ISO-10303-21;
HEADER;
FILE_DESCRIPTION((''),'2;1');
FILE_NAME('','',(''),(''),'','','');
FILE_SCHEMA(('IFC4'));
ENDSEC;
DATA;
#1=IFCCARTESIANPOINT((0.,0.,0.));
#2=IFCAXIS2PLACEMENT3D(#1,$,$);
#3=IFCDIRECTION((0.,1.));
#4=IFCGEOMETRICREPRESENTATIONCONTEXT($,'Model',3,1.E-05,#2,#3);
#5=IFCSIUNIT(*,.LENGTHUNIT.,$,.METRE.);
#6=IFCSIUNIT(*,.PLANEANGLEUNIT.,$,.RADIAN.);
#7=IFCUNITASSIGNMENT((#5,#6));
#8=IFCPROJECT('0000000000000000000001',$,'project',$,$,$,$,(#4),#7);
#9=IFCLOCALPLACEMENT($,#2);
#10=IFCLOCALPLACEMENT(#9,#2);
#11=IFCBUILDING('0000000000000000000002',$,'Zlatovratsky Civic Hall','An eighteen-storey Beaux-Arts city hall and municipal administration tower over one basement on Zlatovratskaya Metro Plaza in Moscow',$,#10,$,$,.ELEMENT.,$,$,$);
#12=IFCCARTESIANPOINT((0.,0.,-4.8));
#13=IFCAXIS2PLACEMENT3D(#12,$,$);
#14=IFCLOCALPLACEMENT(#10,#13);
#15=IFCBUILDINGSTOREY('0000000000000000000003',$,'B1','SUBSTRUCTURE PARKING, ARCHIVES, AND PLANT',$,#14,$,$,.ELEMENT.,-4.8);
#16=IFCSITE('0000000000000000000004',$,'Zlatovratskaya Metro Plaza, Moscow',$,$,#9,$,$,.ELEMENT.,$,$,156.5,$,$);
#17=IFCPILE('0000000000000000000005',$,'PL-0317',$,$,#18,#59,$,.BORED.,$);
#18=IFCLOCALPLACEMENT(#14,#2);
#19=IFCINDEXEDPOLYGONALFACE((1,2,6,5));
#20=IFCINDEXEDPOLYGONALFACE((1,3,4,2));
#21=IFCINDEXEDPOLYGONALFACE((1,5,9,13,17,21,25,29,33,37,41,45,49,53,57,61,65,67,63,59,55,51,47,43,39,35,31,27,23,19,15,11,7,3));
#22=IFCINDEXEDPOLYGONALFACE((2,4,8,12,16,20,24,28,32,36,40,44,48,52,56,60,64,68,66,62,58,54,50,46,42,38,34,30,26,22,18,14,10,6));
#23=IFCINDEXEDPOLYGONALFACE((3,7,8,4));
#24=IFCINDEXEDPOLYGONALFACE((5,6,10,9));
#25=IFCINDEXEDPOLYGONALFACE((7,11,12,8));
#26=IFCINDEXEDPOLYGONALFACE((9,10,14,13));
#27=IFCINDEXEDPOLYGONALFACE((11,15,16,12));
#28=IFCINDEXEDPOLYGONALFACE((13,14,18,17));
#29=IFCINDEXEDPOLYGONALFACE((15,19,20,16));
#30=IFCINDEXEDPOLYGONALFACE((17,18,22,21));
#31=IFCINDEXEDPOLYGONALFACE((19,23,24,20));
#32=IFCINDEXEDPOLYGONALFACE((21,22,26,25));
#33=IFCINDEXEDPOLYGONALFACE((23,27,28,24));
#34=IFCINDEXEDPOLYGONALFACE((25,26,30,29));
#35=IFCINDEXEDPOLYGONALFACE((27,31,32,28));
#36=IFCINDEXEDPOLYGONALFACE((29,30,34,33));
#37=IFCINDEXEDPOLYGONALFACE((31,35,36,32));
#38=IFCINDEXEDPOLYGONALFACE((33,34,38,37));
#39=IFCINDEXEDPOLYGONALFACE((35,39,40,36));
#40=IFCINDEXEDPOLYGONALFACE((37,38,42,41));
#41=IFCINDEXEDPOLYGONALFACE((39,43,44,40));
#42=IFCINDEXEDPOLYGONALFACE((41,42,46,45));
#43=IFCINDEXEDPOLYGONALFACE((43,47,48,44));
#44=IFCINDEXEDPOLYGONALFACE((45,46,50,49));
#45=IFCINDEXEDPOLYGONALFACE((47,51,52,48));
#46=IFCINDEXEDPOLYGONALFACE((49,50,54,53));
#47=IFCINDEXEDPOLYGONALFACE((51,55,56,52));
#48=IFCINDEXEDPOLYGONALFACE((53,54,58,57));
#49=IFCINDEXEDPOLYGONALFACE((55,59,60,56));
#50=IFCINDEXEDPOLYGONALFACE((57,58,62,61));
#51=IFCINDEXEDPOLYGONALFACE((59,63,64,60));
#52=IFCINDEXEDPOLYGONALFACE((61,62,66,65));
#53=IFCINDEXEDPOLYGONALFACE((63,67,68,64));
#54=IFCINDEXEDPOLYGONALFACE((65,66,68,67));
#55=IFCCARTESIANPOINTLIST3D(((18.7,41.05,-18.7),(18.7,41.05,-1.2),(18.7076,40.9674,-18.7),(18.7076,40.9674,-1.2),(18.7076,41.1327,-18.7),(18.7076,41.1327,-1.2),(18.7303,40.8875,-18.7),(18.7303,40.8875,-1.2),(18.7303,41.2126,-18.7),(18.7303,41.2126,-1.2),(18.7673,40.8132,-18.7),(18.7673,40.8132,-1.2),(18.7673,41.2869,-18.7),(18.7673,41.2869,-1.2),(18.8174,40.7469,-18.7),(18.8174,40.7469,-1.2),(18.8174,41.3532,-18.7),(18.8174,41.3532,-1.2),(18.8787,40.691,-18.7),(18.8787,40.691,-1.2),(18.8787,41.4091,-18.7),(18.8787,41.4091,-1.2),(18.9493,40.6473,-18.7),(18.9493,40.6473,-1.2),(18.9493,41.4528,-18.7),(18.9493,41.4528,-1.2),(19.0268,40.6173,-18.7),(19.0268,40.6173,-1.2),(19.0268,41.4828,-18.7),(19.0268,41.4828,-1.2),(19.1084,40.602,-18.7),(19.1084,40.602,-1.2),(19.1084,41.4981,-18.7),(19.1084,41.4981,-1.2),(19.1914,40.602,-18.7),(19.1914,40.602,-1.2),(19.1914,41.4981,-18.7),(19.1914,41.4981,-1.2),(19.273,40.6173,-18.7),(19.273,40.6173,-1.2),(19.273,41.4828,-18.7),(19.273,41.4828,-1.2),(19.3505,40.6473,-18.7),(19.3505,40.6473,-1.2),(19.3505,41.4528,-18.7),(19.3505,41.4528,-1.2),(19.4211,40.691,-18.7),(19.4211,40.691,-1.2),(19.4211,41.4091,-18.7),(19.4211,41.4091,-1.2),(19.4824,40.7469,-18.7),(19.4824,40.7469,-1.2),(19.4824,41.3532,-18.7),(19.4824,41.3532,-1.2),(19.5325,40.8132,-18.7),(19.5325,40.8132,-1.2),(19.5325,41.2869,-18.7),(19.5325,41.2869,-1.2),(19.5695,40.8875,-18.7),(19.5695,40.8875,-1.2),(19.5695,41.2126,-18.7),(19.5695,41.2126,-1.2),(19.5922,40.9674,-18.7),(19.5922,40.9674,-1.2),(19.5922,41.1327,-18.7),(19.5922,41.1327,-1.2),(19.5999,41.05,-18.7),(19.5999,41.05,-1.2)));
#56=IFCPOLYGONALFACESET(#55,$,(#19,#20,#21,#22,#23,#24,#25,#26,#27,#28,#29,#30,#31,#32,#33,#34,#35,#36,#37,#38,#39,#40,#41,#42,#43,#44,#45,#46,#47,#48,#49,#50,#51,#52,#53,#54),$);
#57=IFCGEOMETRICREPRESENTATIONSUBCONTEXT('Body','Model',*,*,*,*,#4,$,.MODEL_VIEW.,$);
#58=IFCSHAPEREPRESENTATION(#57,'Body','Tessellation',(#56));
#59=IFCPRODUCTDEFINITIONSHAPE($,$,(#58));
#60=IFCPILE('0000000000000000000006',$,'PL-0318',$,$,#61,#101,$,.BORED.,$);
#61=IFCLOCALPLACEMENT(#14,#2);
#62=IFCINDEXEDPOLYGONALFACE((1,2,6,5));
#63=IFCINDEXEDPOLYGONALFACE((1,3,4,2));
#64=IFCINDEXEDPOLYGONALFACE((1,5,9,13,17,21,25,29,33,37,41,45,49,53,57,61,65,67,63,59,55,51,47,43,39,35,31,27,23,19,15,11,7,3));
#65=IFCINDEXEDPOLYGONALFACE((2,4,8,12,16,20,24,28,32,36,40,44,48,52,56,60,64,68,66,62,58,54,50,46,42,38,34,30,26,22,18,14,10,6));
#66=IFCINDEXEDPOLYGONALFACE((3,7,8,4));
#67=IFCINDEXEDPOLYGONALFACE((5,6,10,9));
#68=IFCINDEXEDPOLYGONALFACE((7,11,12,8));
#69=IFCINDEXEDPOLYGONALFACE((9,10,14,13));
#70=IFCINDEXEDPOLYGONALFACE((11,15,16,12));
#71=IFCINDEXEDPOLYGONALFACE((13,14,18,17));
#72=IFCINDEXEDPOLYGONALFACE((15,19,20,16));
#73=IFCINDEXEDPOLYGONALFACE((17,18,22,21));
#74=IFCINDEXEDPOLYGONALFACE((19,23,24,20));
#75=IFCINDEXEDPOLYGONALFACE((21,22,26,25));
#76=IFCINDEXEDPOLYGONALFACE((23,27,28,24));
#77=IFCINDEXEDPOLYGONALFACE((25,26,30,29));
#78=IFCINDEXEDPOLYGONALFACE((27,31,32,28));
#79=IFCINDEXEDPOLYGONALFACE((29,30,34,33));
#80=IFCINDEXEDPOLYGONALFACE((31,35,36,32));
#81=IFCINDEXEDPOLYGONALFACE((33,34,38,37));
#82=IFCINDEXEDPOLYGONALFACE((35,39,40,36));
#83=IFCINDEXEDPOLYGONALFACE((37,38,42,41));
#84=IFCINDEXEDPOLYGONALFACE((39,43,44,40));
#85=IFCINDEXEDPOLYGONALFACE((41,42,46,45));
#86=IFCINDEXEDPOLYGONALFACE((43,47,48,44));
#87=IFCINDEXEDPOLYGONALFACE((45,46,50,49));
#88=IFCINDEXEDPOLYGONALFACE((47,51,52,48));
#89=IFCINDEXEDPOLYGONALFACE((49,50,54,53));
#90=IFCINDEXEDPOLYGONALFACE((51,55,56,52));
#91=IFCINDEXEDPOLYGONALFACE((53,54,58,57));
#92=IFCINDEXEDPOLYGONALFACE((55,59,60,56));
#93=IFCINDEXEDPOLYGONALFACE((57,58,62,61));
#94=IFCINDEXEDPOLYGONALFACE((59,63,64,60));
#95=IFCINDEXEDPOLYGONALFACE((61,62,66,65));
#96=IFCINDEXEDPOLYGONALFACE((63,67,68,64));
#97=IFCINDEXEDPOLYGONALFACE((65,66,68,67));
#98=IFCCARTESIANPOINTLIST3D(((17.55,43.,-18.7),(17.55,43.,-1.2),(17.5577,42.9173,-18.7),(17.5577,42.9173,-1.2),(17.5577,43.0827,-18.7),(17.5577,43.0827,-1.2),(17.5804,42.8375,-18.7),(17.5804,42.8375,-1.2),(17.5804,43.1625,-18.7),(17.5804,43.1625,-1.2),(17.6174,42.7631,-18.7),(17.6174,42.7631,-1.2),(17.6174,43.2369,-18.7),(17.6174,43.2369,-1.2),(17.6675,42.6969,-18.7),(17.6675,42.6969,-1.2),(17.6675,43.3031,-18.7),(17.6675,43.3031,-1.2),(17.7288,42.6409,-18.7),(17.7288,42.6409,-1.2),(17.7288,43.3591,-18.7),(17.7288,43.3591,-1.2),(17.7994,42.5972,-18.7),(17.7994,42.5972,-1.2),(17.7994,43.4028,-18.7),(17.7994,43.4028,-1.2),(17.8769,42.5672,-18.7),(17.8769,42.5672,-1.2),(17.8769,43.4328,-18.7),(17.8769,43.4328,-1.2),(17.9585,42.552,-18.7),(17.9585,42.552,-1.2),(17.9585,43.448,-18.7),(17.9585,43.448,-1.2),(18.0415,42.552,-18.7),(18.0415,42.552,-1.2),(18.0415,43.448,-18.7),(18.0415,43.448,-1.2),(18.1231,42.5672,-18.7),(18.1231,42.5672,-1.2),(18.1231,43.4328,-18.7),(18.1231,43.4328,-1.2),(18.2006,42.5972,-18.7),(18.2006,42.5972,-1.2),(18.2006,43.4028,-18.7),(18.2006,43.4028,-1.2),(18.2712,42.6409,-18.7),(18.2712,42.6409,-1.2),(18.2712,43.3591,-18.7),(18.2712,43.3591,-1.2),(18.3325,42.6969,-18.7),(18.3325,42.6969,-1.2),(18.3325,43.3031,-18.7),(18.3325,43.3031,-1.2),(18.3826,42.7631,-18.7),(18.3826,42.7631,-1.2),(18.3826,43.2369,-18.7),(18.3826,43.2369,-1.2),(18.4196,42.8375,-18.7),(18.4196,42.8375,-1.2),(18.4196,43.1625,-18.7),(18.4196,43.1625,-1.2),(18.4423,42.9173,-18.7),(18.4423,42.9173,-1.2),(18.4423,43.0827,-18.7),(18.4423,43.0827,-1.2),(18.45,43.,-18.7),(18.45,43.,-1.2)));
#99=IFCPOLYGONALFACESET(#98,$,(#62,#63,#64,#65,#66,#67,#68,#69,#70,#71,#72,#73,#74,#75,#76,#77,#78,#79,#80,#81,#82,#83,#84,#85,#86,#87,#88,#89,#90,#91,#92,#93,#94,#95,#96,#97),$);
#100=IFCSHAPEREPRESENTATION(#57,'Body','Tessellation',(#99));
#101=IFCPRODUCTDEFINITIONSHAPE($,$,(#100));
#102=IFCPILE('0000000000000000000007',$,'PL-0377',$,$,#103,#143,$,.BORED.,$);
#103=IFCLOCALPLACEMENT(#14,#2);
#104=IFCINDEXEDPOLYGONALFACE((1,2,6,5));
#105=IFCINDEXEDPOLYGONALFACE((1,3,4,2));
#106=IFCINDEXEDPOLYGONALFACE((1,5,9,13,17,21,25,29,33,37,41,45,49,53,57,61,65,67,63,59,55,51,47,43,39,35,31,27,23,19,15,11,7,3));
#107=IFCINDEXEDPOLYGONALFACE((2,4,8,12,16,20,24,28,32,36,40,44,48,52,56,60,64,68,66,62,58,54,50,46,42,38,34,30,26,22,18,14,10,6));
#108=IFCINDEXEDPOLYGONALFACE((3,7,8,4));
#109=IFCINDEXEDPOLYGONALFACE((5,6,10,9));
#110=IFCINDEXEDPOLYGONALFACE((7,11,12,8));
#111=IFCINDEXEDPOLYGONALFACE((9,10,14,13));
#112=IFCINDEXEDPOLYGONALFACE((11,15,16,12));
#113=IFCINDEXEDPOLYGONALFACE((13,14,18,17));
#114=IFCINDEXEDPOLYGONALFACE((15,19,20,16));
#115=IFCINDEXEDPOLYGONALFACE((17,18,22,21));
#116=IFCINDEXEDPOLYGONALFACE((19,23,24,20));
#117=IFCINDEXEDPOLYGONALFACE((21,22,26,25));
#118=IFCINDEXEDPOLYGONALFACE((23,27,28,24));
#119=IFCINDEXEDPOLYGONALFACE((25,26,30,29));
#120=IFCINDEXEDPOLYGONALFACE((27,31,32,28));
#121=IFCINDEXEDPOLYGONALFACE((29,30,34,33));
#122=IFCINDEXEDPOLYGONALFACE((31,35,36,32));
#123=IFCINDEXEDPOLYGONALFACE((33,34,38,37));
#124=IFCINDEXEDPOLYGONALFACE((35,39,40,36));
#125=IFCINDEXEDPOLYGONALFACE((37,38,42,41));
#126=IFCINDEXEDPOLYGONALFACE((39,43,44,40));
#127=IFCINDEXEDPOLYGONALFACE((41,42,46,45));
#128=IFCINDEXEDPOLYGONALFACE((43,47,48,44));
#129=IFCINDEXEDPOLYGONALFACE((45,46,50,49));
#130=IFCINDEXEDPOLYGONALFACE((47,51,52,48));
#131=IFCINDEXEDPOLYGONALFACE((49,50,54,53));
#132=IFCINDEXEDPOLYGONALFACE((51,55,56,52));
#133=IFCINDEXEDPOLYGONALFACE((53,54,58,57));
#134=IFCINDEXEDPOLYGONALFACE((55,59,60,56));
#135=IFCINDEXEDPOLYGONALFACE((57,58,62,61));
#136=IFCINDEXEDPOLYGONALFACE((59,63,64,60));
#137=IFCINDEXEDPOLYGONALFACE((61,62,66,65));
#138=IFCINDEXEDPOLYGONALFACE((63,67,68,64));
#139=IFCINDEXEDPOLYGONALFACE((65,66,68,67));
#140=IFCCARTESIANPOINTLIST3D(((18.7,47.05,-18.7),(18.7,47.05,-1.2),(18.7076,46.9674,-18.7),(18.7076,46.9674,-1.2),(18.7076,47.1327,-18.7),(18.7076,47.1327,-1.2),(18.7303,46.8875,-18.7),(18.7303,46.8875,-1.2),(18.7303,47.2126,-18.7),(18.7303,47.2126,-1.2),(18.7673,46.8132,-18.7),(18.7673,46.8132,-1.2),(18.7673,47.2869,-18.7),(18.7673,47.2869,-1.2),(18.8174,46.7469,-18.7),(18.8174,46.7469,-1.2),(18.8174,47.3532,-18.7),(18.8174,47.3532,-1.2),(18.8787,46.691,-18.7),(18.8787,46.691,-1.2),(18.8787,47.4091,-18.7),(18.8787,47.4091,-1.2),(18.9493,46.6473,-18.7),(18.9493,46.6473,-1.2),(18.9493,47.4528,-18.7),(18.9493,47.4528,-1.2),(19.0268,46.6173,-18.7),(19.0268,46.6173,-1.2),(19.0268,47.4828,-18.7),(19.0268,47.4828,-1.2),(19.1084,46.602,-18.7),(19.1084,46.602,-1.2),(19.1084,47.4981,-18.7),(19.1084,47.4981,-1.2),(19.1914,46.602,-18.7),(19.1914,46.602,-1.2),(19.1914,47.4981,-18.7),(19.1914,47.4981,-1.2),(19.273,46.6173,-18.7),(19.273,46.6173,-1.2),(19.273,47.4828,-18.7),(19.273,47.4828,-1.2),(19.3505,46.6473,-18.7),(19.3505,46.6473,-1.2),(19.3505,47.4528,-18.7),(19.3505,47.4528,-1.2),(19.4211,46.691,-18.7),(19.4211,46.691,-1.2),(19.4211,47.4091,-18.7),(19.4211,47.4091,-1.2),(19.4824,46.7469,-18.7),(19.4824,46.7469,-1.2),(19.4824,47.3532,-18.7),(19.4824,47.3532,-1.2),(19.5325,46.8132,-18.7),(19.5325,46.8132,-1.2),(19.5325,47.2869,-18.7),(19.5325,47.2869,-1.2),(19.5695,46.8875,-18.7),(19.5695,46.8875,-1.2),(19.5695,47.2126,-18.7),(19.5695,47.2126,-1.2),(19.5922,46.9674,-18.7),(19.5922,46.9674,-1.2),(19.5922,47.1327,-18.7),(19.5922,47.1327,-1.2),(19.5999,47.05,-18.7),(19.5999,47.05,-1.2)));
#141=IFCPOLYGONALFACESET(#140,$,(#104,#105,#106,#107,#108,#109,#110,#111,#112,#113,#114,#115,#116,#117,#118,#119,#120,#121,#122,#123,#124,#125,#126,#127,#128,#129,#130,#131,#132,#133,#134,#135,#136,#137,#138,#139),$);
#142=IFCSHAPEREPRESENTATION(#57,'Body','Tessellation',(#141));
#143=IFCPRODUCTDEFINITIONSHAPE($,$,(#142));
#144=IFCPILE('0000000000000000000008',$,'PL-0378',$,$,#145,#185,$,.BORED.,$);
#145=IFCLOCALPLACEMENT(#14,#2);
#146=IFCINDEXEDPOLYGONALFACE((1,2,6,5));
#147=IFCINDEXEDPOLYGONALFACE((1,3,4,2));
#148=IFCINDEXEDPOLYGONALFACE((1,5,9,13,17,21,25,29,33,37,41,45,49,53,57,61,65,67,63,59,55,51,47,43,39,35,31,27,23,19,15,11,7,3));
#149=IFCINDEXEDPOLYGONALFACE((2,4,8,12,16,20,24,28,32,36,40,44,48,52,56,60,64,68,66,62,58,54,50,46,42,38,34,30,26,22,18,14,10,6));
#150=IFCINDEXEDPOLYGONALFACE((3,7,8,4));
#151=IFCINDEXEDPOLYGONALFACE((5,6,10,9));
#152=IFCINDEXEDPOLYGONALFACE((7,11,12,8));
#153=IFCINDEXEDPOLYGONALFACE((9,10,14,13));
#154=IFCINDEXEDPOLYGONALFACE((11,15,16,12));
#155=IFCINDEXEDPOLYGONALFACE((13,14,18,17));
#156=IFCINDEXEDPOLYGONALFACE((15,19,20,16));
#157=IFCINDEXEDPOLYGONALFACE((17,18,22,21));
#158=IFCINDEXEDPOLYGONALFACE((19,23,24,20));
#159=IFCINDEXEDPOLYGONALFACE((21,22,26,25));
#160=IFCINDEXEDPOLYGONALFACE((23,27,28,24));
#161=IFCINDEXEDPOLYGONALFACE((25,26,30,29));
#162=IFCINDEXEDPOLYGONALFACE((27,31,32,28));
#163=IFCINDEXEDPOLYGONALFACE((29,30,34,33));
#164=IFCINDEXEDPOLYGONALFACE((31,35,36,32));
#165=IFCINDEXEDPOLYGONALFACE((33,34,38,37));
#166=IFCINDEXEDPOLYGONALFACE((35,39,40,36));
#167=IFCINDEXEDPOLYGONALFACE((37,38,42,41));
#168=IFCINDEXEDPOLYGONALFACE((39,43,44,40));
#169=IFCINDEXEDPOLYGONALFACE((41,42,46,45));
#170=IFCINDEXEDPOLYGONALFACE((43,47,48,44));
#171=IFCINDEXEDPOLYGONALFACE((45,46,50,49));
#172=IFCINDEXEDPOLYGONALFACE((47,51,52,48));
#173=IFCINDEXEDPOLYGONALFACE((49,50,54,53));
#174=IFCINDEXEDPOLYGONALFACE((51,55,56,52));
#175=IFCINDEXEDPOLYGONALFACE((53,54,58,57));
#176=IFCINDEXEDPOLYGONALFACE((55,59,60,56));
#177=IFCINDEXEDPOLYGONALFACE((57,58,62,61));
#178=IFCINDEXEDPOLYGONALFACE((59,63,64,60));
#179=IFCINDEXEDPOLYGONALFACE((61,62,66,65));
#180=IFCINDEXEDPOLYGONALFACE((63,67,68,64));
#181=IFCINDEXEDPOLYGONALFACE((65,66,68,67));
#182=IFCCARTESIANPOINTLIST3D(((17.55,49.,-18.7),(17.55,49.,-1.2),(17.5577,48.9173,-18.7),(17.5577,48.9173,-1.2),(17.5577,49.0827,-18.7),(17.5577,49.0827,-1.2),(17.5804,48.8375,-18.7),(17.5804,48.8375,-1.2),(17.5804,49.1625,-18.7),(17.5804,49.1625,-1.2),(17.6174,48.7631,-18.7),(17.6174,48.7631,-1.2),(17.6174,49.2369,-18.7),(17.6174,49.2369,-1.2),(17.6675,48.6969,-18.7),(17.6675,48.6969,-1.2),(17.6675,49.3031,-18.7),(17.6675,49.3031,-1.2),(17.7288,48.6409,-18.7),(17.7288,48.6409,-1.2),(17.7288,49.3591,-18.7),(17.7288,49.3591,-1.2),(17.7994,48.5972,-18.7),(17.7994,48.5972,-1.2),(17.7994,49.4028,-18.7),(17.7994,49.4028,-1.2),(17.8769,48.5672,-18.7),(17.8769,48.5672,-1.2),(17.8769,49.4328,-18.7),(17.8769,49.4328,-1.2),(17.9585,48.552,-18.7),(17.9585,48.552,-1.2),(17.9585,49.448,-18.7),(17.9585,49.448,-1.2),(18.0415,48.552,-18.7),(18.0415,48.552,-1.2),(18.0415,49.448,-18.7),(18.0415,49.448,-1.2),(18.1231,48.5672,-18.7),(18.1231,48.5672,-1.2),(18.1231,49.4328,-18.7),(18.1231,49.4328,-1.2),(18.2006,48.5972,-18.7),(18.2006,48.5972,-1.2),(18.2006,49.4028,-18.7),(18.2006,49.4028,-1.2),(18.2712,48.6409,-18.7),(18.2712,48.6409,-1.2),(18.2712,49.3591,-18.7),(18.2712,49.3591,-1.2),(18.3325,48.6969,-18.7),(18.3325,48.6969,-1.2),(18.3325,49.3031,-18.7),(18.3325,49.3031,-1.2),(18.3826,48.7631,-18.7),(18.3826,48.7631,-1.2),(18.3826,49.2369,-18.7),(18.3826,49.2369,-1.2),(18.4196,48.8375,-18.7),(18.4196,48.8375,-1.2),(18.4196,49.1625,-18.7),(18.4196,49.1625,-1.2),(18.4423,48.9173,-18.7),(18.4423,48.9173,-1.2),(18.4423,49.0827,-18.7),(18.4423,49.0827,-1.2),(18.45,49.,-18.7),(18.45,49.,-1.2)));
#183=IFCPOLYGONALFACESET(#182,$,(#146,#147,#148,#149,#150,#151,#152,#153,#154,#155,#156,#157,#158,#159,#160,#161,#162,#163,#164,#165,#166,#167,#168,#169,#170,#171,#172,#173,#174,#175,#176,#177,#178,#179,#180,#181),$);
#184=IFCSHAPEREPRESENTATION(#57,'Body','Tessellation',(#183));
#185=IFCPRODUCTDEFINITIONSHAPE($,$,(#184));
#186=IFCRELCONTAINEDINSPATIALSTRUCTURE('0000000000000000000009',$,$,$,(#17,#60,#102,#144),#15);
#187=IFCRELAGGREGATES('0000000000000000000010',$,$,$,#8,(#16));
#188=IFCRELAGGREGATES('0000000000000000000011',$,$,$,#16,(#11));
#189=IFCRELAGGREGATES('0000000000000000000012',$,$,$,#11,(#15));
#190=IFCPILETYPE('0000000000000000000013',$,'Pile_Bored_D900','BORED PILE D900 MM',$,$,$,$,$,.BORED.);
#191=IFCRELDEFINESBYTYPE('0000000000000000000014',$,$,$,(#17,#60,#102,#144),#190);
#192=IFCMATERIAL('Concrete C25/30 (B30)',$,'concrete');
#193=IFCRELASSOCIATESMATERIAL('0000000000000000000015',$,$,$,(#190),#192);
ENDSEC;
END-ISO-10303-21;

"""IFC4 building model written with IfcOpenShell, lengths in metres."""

from ifc_helpers import new_model, si_unit, direction, frame, origin, origin_2d, place, context, subcontext, project, spatial, circle, extrude, material, material_profile, profile_set, type_object, element, save


model = new_model("IFC4")

# Units and contexts
model_context = context("Model", 3, precision=1e-05, world=origin(), true_north=direction((0.0, 1.0)))
body_context = subcontext(model_context, "Body", "Model", "MODEL_VIEW")
ifc_project = project(units=[si_unit("LENGTHUNIT", "METRE"), si_unit("PLANEANGLEUNIT", "RADIAN")], contexts=[model_context])

# Site, building, storey
site_placement = place(None, origin())
site = spatial("IfcSite", under=ifc_project, at=site_placement, Name="Zlatovratskaya Metro Plaza, Moscow", CompositionType="ELEMENT", RefElevation=156.5)
building_placement = place(site_placement, origin())
building = spatial("IfcBuilding", under=site, at=building_placement, Name="Zlatovratsky Civic Hall", Description="An eighteen-storey Beaux-Arts city hall and municipal administration tower over one basement on Zlatovratskaya Metro Plaza in Moscow", CompositionType="ELEMENT")
storey_placement = place(building_placement, frame((0.0, 0.0, -4.8)))
storey = spatial("IfcBuildingStorey", under=building, at=storey_placement, Name="B1", Description="SUBSTRUCTURE PARKING, ARCHIVES, AND PLANT", CompositionType="ELEMENT", Elevation=-4.8)

# Shared definitions
ifc_material_1 = material(Name="Concrete C25/30 (B30)", Category="concrete")

# Piles
ifc_material_profile_1 = material_profile(ifc_material_1, circle(Radius=0.45, at=origin_2d()), Name="PILE D900")
ifc_profile_set_1 = profile_set([ifc_material_profile_1], Name="Concrete C25/30 (B30)")
pile_type_1 = type_object("IfcPileType", Name="Pile_Bored_D900", Description="BORED PILE D900 MM", PredefinedType="BORED", material=ifc_profile_set_1)
for number, where, z_axis, x_axis, name in (
    (1, (19.1499, 41.05, -1.2), (0.0, 0.0, -1.0), (1.0, 0.0, 0.0), "PL-0317"),
    (2, (18.0, 43.0, -1.2), (0.0, 0.0, -1.0), (1.0, 0.0, 0.0), "PL-0318"),
    (3, (19.1499, 47.05, -1.2), (0.0, 0.0, -1.0), (1.0, 0.0, 0.0), "PL-0377"),
    (4, (18.0, 49.0, -1.2), (0.0, 0.0, -1.0), (1.0, 0.0, 0.0), "PL-0378"),
):
    element("IfcPile", number, at=place(storey_placement, frame(where, z_axis=z_axis, x_axis=x_axis)), inside=storey, type_object=pile_type_1, Name=name, PredefinedType="BORED", context=body_context, shape_type="SweptSolid", body=[
        extrude(circle(Radius=0.45, at=origin_2d()), origin(), (0.0, 0.0, 1.0), 17.5),
    ])

save(model, "model.ifc")
